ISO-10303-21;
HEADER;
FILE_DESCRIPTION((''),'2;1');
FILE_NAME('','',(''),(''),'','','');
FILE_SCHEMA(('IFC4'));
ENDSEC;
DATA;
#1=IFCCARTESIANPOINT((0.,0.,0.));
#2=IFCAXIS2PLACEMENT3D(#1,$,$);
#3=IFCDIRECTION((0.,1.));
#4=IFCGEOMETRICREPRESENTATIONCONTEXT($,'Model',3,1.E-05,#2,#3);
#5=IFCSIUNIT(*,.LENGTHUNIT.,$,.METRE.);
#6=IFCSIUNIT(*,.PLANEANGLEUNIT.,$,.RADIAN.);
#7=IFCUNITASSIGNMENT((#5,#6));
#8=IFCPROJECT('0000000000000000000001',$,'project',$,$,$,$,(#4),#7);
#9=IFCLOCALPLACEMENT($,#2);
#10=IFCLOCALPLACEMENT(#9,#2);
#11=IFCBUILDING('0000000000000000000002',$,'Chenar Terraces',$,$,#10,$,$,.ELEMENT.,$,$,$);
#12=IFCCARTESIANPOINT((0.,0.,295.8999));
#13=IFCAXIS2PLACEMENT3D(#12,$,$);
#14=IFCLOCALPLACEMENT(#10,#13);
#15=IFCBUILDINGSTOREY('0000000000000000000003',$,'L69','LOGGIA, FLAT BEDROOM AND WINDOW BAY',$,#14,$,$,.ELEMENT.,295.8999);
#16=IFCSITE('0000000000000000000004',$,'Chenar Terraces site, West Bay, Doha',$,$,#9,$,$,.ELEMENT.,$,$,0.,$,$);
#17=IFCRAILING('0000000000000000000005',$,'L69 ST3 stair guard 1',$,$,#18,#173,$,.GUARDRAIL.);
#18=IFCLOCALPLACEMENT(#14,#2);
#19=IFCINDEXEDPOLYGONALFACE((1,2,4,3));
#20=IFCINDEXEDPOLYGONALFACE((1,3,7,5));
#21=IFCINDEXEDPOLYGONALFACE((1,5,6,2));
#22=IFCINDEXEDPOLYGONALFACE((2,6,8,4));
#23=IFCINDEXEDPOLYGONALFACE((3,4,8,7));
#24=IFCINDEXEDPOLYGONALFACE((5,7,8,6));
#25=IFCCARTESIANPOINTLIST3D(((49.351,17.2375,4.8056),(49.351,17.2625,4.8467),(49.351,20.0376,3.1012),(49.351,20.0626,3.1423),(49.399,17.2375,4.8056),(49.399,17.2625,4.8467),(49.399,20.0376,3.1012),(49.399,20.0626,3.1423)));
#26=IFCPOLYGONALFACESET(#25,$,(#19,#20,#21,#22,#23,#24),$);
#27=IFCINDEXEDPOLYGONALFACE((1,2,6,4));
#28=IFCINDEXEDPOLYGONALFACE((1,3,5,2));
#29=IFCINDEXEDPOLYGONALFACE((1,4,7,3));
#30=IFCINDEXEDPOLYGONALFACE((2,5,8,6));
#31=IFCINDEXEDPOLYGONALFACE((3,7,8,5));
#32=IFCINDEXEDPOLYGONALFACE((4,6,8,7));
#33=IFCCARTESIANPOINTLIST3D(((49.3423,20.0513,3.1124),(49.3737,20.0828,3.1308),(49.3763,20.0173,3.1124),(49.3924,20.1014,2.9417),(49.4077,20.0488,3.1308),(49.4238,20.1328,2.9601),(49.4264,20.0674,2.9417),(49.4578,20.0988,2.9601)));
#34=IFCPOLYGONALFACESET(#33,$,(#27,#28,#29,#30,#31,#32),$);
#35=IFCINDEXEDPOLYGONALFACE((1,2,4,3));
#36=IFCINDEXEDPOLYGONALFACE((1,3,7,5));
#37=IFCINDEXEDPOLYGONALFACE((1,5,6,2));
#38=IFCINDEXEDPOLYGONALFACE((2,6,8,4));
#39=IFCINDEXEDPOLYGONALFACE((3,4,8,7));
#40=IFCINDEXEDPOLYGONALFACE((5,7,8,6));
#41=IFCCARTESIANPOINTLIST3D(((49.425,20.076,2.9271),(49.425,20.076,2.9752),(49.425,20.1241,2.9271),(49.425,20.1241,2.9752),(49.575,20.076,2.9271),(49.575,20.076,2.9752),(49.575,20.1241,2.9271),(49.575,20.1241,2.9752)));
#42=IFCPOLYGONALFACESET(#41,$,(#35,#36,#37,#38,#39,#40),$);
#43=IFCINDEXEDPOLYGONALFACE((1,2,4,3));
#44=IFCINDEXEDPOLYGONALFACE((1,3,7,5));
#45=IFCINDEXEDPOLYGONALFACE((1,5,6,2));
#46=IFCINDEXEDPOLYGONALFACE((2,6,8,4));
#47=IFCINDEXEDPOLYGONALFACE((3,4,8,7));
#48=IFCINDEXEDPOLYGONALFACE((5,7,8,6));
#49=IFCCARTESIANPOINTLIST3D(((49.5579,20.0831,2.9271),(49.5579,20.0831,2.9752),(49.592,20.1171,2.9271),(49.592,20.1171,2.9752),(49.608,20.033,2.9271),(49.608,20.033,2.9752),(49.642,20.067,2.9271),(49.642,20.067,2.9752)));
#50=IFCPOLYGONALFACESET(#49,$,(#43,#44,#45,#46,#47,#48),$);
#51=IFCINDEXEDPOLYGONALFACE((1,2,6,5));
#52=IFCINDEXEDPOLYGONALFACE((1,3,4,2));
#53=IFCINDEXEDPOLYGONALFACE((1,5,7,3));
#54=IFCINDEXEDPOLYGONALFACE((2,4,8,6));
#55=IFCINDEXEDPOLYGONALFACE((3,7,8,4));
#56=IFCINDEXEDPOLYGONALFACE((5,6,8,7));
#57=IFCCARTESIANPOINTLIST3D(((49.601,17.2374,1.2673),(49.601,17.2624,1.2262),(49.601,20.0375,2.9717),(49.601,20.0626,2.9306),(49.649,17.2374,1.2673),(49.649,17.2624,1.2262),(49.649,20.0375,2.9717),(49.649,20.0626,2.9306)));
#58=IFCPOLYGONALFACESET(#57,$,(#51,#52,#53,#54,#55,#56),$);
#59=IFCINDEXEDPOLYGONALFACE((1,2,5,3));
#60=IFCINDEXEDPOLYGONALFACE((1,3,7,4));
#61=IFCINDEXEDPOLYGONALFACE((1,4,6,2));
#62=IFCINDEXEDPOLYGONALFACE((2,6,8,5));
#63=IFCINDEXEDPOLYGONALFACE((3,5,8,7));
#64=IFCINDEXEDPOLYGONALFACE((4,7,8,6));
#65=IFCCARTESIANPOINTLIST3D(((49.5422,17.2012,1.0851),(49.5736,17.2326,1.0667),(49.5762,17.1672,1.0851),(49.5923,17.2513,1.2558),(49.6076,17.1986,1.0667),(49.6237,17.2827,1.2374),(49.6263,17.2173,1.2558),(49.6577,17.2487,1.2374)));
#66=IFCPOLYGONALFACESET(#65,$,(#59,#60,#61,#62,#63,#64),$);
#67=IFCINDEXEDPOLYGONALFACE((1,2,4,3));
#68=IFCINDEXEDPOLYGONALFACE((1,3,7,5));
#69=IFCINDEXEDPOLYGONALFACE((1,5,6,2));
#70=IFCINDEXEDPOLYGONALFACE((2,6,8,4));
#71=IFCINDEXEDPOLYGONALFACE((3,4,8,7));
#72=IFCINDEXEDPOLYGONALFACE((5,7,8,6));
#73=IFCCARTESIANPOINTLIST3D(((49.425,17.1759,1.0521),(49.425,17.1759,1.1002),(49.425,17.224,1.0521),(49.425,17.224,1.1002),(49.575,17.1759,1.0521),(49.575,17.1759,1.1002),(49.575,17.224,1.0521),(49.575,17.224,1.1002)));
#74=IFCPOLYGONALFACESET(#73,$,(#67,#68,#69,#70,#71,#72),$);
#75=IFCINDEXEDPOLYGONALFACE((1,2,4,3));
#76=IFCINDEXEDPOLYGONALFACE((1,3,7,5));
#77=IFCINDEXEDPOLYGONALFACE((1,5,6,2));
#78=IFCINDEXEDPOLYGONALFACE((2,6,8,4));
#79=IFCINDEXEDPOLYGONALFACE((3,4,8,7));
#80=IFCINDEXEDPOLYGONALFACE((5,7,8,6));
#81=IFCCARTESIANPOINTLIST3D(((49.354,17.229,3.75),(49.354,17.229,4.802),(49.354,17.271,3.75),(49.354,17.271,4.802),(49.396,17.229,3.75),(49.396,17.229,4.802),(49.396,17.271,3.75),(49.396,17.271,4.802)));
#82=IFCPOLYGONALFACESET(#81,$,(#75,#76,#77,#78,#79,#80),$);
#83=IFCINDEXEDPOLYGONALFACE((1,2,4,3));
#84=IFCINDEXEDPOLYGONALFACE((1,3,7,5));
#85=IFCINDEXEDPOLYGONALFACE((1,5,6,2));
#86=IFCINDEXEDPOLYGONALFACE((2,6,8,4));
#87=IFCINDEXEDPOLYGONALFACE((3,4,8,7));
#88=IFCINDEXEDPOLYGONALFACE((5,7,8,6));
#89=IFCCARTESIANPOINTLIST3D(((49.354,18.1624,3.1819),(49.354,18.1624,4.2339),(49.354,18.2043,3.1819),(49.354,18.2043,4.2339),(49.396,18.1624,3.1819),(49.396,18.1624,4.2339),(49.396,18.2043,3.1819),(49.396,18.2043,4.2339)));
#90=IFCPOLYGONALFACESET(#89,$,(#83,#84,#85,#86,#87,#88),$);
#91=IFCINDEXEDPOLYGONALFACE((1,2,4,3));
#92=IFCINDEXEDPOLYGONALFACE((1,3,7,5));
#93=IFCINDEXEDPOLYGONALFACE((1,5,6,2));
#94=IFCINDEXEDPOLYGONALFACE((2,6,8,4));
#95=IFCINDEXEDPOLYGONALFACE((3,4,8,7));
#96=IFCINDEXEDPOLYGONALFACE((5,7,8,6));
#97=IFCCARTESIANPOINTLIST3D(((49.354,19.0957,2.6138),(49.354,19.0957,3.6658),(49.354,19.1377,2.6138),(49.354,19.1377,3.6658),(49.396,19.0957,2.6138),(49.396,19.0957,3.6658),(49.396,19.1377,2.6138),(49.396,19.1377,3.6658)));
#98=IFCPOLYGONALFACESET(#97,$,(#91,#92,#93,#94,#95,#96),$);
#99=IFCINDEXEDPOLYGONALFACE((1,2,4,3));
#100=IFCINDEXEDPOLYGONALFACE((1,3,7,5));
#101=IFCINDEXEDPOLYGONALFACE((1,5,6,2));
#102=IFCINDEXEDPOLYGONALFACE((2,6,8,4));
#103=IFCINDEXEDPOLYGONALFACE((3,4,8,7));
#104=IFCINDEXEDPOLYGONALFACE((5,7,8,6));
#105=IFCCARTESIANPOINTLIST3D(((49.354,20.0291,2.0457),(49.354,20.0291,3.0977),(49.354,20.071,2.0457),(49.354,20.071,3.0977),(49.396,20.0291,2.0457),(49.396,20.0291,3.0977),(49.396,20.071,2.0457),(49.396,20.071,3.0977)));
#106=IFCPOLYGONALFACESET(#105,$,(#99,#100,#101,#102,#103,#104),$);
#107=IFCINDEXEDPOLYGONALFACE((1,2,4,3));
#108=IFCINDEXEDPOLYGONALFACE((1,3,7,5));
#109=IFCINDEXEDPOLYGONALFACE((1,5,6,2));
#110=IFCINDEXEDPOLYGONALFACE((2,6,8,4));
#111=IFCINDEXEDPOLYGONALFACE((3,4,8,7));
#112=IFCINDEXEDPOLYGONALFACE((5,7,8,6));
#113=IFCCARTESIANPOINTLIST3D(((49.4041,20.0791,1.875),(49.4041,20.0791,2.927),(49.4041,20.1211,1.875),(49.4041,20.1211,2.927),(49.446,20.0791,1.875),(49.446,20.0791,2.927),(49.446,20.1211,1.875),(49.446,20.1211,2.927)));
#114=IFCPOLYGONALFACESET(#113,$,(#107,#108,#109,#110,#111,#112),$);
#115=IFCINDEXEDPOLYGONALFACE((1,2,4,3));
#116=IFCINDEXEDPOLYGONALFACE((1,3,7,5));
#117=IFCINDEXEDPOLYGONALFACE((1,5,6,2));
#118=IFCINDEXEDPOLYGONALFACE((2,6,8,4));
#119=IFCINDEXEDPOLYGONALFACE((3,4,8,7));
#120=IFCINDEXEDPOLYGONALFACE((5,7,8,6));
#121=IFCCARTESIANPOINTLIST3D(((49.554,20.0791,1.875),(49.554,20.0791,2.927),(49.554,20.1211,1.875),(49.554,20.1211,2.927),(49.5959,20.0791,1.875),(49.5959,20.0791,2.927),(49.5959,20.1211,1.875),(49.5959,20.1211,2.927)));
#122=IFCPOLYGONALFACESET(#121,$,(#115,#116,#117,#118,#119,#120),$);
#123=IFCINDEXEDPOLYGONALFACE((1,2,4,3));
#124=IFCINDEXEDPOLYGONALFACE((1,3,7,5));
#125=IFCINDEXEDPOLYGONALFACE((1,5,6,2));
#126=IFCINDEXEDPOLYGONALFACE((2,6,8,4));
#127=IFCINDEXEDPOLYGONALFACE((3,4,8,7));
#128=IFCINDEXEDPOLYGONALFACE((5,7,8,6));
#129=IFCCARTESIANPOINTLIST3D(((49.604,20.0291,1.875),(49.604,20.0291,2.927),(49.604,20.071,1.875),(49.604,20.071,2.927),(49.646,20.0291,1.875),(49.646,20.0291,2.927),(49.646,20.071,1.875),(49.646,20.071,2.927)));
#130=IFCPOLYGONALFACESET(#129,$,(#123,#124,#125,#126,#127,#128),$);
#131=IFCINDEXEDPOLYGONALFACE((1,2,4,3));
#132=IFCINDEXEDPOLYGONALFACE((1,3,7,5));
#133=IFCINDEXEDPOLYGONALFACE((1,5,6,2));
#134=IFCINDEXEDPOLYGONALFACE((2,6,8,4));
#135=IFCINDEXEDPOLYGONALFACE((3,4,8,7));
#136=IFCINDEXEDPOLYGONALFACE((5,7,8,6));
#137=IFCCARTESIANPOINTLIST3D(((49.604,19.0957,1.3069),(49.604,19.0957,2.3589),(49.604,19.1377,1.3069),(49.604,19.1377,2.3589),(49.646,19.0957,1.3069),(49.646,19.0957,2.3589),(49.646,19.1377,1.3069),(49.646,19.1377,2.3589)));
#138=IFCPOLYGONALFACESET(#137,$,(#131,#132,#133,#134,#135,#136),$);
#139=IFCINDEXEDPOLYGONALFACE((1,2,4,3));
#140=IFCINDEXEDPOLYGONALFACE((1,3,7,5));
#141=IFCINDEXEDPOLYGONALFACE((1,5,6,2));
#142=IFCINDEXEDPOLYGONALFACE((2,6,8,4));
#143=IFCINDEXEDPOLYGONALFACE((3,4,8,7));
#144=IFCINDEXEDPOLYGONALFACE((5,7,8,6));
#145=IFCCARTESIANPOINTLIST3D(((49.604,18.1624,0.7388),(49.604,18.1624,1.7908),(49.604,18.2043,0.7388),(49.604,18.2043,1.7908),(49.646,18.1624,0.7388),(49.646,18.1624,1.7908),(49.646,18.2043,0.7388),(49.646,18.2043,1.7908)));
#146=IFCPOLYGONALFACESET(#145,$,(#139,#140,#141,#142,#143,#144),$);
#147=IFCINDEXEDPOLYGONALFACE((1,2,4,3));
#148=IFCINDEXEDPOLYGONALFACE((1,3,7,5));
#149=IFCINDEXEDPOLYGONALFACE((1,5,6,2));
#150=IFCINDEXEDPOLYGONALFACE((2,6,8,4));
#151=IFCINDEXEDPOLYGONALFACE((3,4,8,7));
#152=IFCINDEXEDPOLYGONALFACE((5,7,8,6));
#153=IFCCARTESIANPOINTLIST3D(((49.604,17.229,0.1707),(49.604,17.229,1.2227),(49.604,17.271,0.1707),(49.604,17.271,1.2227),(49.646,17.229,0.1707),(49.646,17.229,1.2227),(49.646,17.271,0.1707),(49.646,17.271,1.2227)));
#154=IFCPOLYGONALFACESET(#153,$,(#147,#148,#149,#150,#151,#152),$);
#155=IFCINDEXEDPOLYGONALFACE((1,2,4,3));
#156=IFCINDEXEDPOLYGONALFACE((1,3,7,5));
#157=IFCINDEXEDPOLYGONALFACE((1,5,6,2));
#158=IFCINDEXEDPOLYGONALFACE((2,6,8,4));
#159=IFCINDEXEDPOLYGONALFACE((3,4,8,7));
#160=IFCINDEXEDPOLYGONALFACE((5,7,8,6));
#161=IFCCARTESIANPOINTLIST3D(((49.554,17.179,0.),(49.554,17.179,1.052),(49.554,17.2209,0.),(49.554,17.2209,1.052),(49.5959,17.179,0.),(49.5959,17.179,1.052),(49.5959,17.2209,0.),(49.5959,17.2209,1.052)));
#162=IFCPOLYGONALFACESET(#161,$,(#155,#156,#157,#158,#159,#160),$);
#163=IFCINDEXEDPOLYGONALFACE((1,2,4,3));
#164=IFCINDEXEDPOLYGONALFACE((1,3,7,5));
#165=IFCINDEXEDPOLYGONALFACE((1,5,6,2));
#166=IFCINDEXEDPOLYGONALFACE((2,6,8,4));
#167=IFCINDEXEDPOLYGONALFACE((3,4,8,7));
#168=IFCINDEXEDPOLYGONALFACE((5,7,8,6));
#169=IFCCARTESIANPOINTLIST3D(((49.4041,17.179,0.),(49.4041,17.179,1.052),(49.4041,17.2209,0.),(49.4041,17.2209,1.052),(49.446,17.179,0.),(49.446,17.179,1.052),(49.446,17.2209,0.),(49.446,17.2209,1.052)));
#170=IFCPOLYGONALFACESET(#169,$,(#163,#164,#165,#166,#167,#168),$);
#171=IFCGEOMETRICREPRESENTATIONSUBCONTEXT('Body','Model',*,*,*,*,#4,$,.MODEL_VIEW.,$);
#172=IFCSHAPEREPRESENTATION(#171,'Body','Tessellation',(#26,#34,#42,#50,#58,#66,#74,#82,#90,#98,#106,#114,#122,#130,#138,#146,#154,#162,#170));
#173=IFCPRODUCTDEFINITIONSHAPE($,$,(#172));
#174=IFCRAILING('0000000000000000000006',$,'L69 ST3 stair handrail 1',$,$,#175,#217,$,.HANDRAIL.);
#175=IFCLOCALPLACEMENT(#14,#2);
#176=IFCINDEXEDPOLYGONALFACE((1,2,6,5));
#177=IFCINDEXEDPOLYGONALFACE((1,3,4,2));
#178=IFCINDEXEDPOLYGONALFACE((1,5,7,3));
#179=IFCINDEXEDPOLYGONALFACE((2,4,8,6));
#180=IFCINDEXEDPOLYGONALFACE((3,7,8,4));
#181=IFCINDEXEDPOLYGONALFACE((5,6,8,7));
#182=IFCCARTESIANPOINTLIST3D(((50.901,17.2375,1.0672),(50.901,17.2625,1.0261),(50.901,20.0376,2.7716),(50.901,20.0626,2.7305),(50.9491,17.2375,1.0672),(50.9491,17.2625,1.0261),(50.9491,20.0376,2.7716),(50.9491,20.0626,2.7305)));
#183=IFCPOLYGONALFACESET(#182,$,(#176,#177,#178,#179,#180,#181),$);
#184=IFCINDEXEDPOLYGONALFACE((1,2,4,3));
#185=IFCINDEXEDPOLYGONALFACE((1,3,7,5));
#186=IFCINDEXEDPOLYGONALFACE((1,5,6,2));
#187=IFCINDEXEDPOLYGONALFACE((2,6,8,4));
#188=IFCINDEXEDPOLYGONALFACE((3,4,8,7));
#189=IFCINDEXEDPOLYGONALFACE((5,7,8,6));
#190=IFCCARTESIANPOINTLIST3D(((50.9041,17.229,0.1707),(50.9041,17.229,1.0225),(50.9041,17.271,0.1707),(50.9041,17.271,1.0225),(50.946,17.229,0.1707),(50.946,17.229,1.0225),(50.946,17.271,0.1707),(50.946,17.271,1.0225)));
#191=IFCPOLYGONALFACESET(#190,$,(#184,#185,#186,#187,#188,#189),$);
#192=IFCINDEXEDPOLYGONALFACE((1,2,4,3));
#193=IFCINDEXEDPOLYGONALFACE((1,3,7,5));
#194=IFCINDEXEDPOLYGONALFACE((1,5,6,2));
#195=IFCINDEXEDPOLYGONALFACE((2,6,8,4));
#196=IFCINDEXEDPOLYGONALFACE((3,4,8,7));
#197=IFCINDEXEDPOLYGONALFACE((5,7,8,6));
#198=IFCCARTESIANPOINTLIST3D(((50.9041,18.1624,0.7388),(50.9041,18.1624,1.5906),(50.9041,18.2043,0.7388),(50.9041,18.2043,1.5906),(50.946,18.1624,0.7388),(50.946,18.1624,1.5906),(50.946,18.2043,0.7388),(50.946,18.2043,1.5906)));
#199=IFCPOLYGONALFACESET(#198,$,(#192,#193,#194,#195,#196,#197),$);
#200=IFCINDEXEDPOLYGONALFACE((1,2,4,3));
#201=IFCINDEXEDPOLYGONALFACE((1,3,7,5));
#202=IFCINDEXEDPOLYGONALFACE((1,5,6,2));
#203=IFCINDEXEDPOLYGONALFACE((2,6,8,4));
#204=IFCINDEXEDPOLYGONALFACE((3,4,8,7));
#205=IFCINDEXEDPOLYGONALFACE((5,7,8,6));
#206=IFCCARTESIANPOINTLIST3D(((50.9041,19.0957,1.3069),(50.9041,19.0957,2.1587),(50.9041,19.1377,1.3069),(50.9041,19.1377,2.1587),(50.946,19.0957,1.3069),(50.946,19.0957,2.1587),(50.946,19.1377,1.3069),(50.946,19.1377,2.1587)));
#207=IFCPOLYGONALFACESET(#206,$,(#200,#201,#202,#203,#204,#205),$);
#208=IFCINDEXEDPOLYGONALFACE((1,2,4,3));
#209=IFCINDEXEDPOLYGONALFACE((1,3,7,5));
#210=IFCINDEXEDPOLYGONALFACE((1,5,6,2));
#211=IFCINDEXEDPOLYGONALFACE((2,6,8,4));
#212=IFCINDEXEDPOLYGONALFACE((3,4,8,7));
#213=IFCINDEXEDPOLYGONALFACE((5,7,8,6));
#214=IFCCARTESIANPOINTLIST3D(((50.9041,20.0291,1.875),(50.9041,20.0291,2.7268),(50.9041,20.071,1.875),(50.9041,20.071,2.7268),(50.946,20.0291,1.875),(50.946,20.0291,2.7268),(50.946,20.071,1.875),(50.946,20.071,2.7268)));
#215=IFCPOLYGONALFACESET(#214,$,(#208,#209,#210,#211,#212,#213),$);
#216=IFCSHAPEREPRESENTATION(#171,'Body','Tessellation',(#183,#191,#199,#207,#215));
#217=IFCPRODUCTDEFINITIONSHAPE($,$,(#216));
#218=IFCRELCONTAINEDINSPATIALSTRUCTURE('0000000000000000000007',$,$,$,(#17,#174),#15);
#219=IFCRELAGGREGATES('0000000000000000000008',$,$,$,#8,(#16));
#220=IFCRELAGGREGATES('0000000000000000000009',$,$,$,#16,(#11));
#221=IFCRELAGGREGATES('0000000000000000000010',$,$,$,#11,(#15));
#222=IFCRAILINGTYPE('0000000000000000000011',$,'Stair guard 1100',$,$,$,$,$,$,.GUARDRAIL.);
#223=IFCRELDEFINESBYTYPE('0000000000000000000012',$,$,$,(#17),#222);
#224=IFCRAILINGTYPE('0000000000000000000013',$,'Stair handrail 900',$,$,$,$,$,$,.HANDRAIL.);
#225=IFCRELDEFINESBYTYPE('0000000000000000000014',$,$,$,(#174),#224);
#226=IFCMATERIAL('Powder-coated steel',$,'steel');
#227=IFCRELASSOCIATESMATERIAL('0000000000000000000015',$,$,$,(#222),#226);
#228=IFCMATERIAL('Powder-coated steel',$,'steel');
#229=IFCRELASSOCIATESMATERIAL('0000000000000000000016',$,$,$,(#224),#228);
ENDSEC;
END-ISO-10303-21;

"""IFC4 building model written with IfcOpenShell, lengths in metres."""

from ifc_helpers import new_model, si_unit, direction, frame, origin, origin_2d, place, context, subcontext, project, spatial, rectangle, extrude, material, type_object, element, save


model = new_model("IFC4")

# Units and contexts
model_context = context("Model", 3, precision=1e-05, world=origin(), true_north=direction((0.0, 1.0)))
body_context = subcontext(model_context, "Body", "Model", "MODEL_VIEW")
ifc_project = project(units=[si_unit("LENGTHUNIT", "METRE"), si_unit("PLANEANGLEUNIT", "RADIAN")], contexts=[model_context])

# Site, building, storey
site_placement = place(None, origin())
site = spatial("IfcSite", under=ifc_project, at=site_placement, Name="Chenar Terraces site, West Bay, Doha", CompositionType="ELEMENT", RefElevation=0.0)
building_placement = place(site_placement, origin())
building = spatial("IfcBuilding", under=site, at=building_placement, Name="Chenar Terraces", CompositionType="ELEMENT")
storey_placement = place(building_placement, frame((0.0, 0.0, 295.8999)))
storey = spatial("IfcBuildingStorey", under=building, at=storey_placement, Name="L69", Description="LOGGIA, FLAT BEDROOM AND WINDOW BAY", CompositionType="ELEMENT", Elevation=295.8999)

# Railings
ifc_material_1 = material(Name="Powder-coated steel", Category="steel")
railing_type_1 = type_object("IfcRailingType", Name="Stair guard 1100", PredefinedType="GUARDRAIL", material=ifc_material_1)
railing_1_placement = place(storey_placement, frame((49.375, 17.25, 3.75)))
element("IfcRailing", 1, at=railing_1_placement, inside=storey, type_object=railing_type_1, Name="L69 ST3 stair guard 1", PredefinedType="GUARDRAIL", context=body_context, shape_type="SweptSolid", body=[
    extrude(rectangle(XDim=0.0481, YDim=0.0481, at=origin_2d()), frame((0.0, 0.0, 1.0762), z_axis=(0.0, 0.854203, -0.51994), x_axis=(-1.0, 0.0, 0.0)), (0.0, 0.0, 1.0), 3.2781),
    extrude(rectangle(XDim=0.0481, YDim=0.0481, at=origin_2d()), frame((0.0, 2.8, -0.6284), z_axis=(0.2709, 0.2709, -0.923703), x_axis=(-0.707107, 0.707107, 0.0)), (0.0, 0.0, 1.0), 0.1848),
    extrude(rectangle(XDim=0.0481, YDim=0.0481, at=origin_2d()), frame((0.05, 2.8501, -0.7988), z_axis=(1.0, 0.0, 0.0), x_axis=(0.0, 1.0, 0.0)), (0.0, 0.0, 1.0), 0.1499),
    extrude(rectangle(XDim=0.0481, YDim=0.0481, at=origin_2d()), frame((0.2, 2.8501, -0.7988), z_axis=(0.707107, -0.707107, 0.0), x_axis=(0.707107, 0.707107, 0.0)), (0.0, 0.0, 1.0), 0.0708),
    extrude(rectangle(XDim=0.0481, YDim=0.0481, at=origin_2d()), frame((0.25, 2.8, -0.7988), z_axis=(0.0, -0.854203, -0.51994), x_axis=(1.0, 0.0, 0.0)), (0.0, 0.0, 1.0), 3.2781),
    extrude(rectangle(XDim=0.0481, YDim=0.0481, at=origin_2d()), frame((0.25, 0.0, -2.5034), z_axis=(-0.2709, -0.2709, -0.923703), x_axis=(0.707107, -0.707107, 0.0)), (0.0, 0.0, 1.0), 0.1848),
    extrude(rectangle(XDim=0.0481, YDim=0.0481, at=origin_2d()), frame((0.2, -0.05, -2.6738), z_axis=(-1.0, 0.0, 0.0), x_axis=(0.0, -1.0, 0.0)), (0.0, 0.0, 1.0), 0.1499),
    extrude(rectangle(XDim=0.042, YDim=0.042, at=origin_2d()), origin(), (0.0, 0.0, 1.0), 1.052),
    extrude(rectangle(XDim=0.042, YDim=0.042, at=origin_2d()), frame((0.0, 0.9333, -0.5681)), (0.0, 0.0, 1.0), 1.052),
    extrude(rectangle(XDim=0.042, YDim=0.042, at=origin_2d()), frame((0.0, 1.8667, -1.1362)), (0.0, 0.0, 1.0), 1.052),
    extrude(rectangle(XDim=0.042, YDim=0.042, at=origin_2d()), frame((0.0, 2.8, -1.7043)), (0.0, 0.0, 1.0), 1.052),
    extrude(rectangle(XDim=0.042, YDim=0.042, at=origin_2d()), frame((0.05, 2.8501, -1.875)), (0.0, 0.0, 1.0), 1.052),
    extrude(rectangle(XDim=0.042, YDim=0.042, at=origin_2d()), frame((0.2, 2.8501, -1.875)), (0.0, 0.0, 1.0), 1.052),
    extrude(rectangle(XDim=0.042, YDim=0.042, at=origin_2d()), frame((0.25, 2.8, -1.875)), (0.0, 0.0, 1.0), 1.052),
    extrude(rectangle(XDim=0.042, YDim=0.042, at=origin_2d()), frame((0.25, 1.8667, -2.4431)), (0.0, 0.0, 1.0), 1.052),
    extrude(rectangle(XDim=0.042, YDim=0.042, at=origin_2d()), frame((0.25, 0.9333, -3.0112)), (0.0, 0.0, 1.0), 1.052),
    extrude(rectangle(XDim=0.042, YDim=0.042, at=origin_2d()), frame((0.25, 0.0, -3.5793)), (0.0, 0.0, 1.0), 1.052),
    extrude(rectangle(XDim=0.042, YDim=0.042, at=origin_2d()), frame((0.2, -0.05, -3.75)), (0.0, 0.0, 1.0), 1.052),
    extrude(rectangle(XDim=0.042, YDim=0.042, at=origin_2d()), frame((0.05, -0.05, -3.75)), (0.0, 0.0, 1.0), 1.052),
])
ifc_material_2 = material(Name="Powder-coated steel", Category="steel")
railing_type_2 = type_object("IfcRailingType", Name="Stair handrail 900", PredefinedType="HANDRAIL", material=ifc_material_2)
railing_2_placement = place(storey_placement, frame((50.925, 17.25, 0.1707)))
element("IfcRailing", 2, at=railing_2_placement, inside=storey, type_object=railing_type_2, Name="L69 ST3 stair handrail 1", PredefinedType="HANDRAIL", context=body_context, shape_type="SweptSolid", body=[
    extrude(rectangle(XDim=0.0481, YDim=0.0481, at=origin_2d()), frame((0.0, 0.0, 0.876), z_axis=(0.0, 0.854203, 0.51994), x_axis=(-1.0, 0.0, 0.0)), (0.0, 0.0, 1.0), 3.2781),
    extrude(rectangle(XDim=0.042, YDim=0.042, at=origin_2d()), origin(), (0.0, 0.0, 1.0), 0.8518),
    extrude(rectangle(XDim=0.042, YDim=0.042, at=origin_2d()), frame((0.0, 0.9333, 0.5681)), (0.0, 0.0, 1.0), 0.8518),
    extrude(rectangle(XDim=0.042, YDim=0.042, at=origin_2d()), frame((0.0, 1.8667, 1.1362)), (0.0, 0.0, 1.0), 0.8518),
    extrude(rectangle(XDim=0.042, YDim=0.042, at=origin_2d()), frame((0.0, 2.8, 1.7043)), (0.0, 0.0, 1.0), 0.8518),
])

save(model, "model.ifc")
